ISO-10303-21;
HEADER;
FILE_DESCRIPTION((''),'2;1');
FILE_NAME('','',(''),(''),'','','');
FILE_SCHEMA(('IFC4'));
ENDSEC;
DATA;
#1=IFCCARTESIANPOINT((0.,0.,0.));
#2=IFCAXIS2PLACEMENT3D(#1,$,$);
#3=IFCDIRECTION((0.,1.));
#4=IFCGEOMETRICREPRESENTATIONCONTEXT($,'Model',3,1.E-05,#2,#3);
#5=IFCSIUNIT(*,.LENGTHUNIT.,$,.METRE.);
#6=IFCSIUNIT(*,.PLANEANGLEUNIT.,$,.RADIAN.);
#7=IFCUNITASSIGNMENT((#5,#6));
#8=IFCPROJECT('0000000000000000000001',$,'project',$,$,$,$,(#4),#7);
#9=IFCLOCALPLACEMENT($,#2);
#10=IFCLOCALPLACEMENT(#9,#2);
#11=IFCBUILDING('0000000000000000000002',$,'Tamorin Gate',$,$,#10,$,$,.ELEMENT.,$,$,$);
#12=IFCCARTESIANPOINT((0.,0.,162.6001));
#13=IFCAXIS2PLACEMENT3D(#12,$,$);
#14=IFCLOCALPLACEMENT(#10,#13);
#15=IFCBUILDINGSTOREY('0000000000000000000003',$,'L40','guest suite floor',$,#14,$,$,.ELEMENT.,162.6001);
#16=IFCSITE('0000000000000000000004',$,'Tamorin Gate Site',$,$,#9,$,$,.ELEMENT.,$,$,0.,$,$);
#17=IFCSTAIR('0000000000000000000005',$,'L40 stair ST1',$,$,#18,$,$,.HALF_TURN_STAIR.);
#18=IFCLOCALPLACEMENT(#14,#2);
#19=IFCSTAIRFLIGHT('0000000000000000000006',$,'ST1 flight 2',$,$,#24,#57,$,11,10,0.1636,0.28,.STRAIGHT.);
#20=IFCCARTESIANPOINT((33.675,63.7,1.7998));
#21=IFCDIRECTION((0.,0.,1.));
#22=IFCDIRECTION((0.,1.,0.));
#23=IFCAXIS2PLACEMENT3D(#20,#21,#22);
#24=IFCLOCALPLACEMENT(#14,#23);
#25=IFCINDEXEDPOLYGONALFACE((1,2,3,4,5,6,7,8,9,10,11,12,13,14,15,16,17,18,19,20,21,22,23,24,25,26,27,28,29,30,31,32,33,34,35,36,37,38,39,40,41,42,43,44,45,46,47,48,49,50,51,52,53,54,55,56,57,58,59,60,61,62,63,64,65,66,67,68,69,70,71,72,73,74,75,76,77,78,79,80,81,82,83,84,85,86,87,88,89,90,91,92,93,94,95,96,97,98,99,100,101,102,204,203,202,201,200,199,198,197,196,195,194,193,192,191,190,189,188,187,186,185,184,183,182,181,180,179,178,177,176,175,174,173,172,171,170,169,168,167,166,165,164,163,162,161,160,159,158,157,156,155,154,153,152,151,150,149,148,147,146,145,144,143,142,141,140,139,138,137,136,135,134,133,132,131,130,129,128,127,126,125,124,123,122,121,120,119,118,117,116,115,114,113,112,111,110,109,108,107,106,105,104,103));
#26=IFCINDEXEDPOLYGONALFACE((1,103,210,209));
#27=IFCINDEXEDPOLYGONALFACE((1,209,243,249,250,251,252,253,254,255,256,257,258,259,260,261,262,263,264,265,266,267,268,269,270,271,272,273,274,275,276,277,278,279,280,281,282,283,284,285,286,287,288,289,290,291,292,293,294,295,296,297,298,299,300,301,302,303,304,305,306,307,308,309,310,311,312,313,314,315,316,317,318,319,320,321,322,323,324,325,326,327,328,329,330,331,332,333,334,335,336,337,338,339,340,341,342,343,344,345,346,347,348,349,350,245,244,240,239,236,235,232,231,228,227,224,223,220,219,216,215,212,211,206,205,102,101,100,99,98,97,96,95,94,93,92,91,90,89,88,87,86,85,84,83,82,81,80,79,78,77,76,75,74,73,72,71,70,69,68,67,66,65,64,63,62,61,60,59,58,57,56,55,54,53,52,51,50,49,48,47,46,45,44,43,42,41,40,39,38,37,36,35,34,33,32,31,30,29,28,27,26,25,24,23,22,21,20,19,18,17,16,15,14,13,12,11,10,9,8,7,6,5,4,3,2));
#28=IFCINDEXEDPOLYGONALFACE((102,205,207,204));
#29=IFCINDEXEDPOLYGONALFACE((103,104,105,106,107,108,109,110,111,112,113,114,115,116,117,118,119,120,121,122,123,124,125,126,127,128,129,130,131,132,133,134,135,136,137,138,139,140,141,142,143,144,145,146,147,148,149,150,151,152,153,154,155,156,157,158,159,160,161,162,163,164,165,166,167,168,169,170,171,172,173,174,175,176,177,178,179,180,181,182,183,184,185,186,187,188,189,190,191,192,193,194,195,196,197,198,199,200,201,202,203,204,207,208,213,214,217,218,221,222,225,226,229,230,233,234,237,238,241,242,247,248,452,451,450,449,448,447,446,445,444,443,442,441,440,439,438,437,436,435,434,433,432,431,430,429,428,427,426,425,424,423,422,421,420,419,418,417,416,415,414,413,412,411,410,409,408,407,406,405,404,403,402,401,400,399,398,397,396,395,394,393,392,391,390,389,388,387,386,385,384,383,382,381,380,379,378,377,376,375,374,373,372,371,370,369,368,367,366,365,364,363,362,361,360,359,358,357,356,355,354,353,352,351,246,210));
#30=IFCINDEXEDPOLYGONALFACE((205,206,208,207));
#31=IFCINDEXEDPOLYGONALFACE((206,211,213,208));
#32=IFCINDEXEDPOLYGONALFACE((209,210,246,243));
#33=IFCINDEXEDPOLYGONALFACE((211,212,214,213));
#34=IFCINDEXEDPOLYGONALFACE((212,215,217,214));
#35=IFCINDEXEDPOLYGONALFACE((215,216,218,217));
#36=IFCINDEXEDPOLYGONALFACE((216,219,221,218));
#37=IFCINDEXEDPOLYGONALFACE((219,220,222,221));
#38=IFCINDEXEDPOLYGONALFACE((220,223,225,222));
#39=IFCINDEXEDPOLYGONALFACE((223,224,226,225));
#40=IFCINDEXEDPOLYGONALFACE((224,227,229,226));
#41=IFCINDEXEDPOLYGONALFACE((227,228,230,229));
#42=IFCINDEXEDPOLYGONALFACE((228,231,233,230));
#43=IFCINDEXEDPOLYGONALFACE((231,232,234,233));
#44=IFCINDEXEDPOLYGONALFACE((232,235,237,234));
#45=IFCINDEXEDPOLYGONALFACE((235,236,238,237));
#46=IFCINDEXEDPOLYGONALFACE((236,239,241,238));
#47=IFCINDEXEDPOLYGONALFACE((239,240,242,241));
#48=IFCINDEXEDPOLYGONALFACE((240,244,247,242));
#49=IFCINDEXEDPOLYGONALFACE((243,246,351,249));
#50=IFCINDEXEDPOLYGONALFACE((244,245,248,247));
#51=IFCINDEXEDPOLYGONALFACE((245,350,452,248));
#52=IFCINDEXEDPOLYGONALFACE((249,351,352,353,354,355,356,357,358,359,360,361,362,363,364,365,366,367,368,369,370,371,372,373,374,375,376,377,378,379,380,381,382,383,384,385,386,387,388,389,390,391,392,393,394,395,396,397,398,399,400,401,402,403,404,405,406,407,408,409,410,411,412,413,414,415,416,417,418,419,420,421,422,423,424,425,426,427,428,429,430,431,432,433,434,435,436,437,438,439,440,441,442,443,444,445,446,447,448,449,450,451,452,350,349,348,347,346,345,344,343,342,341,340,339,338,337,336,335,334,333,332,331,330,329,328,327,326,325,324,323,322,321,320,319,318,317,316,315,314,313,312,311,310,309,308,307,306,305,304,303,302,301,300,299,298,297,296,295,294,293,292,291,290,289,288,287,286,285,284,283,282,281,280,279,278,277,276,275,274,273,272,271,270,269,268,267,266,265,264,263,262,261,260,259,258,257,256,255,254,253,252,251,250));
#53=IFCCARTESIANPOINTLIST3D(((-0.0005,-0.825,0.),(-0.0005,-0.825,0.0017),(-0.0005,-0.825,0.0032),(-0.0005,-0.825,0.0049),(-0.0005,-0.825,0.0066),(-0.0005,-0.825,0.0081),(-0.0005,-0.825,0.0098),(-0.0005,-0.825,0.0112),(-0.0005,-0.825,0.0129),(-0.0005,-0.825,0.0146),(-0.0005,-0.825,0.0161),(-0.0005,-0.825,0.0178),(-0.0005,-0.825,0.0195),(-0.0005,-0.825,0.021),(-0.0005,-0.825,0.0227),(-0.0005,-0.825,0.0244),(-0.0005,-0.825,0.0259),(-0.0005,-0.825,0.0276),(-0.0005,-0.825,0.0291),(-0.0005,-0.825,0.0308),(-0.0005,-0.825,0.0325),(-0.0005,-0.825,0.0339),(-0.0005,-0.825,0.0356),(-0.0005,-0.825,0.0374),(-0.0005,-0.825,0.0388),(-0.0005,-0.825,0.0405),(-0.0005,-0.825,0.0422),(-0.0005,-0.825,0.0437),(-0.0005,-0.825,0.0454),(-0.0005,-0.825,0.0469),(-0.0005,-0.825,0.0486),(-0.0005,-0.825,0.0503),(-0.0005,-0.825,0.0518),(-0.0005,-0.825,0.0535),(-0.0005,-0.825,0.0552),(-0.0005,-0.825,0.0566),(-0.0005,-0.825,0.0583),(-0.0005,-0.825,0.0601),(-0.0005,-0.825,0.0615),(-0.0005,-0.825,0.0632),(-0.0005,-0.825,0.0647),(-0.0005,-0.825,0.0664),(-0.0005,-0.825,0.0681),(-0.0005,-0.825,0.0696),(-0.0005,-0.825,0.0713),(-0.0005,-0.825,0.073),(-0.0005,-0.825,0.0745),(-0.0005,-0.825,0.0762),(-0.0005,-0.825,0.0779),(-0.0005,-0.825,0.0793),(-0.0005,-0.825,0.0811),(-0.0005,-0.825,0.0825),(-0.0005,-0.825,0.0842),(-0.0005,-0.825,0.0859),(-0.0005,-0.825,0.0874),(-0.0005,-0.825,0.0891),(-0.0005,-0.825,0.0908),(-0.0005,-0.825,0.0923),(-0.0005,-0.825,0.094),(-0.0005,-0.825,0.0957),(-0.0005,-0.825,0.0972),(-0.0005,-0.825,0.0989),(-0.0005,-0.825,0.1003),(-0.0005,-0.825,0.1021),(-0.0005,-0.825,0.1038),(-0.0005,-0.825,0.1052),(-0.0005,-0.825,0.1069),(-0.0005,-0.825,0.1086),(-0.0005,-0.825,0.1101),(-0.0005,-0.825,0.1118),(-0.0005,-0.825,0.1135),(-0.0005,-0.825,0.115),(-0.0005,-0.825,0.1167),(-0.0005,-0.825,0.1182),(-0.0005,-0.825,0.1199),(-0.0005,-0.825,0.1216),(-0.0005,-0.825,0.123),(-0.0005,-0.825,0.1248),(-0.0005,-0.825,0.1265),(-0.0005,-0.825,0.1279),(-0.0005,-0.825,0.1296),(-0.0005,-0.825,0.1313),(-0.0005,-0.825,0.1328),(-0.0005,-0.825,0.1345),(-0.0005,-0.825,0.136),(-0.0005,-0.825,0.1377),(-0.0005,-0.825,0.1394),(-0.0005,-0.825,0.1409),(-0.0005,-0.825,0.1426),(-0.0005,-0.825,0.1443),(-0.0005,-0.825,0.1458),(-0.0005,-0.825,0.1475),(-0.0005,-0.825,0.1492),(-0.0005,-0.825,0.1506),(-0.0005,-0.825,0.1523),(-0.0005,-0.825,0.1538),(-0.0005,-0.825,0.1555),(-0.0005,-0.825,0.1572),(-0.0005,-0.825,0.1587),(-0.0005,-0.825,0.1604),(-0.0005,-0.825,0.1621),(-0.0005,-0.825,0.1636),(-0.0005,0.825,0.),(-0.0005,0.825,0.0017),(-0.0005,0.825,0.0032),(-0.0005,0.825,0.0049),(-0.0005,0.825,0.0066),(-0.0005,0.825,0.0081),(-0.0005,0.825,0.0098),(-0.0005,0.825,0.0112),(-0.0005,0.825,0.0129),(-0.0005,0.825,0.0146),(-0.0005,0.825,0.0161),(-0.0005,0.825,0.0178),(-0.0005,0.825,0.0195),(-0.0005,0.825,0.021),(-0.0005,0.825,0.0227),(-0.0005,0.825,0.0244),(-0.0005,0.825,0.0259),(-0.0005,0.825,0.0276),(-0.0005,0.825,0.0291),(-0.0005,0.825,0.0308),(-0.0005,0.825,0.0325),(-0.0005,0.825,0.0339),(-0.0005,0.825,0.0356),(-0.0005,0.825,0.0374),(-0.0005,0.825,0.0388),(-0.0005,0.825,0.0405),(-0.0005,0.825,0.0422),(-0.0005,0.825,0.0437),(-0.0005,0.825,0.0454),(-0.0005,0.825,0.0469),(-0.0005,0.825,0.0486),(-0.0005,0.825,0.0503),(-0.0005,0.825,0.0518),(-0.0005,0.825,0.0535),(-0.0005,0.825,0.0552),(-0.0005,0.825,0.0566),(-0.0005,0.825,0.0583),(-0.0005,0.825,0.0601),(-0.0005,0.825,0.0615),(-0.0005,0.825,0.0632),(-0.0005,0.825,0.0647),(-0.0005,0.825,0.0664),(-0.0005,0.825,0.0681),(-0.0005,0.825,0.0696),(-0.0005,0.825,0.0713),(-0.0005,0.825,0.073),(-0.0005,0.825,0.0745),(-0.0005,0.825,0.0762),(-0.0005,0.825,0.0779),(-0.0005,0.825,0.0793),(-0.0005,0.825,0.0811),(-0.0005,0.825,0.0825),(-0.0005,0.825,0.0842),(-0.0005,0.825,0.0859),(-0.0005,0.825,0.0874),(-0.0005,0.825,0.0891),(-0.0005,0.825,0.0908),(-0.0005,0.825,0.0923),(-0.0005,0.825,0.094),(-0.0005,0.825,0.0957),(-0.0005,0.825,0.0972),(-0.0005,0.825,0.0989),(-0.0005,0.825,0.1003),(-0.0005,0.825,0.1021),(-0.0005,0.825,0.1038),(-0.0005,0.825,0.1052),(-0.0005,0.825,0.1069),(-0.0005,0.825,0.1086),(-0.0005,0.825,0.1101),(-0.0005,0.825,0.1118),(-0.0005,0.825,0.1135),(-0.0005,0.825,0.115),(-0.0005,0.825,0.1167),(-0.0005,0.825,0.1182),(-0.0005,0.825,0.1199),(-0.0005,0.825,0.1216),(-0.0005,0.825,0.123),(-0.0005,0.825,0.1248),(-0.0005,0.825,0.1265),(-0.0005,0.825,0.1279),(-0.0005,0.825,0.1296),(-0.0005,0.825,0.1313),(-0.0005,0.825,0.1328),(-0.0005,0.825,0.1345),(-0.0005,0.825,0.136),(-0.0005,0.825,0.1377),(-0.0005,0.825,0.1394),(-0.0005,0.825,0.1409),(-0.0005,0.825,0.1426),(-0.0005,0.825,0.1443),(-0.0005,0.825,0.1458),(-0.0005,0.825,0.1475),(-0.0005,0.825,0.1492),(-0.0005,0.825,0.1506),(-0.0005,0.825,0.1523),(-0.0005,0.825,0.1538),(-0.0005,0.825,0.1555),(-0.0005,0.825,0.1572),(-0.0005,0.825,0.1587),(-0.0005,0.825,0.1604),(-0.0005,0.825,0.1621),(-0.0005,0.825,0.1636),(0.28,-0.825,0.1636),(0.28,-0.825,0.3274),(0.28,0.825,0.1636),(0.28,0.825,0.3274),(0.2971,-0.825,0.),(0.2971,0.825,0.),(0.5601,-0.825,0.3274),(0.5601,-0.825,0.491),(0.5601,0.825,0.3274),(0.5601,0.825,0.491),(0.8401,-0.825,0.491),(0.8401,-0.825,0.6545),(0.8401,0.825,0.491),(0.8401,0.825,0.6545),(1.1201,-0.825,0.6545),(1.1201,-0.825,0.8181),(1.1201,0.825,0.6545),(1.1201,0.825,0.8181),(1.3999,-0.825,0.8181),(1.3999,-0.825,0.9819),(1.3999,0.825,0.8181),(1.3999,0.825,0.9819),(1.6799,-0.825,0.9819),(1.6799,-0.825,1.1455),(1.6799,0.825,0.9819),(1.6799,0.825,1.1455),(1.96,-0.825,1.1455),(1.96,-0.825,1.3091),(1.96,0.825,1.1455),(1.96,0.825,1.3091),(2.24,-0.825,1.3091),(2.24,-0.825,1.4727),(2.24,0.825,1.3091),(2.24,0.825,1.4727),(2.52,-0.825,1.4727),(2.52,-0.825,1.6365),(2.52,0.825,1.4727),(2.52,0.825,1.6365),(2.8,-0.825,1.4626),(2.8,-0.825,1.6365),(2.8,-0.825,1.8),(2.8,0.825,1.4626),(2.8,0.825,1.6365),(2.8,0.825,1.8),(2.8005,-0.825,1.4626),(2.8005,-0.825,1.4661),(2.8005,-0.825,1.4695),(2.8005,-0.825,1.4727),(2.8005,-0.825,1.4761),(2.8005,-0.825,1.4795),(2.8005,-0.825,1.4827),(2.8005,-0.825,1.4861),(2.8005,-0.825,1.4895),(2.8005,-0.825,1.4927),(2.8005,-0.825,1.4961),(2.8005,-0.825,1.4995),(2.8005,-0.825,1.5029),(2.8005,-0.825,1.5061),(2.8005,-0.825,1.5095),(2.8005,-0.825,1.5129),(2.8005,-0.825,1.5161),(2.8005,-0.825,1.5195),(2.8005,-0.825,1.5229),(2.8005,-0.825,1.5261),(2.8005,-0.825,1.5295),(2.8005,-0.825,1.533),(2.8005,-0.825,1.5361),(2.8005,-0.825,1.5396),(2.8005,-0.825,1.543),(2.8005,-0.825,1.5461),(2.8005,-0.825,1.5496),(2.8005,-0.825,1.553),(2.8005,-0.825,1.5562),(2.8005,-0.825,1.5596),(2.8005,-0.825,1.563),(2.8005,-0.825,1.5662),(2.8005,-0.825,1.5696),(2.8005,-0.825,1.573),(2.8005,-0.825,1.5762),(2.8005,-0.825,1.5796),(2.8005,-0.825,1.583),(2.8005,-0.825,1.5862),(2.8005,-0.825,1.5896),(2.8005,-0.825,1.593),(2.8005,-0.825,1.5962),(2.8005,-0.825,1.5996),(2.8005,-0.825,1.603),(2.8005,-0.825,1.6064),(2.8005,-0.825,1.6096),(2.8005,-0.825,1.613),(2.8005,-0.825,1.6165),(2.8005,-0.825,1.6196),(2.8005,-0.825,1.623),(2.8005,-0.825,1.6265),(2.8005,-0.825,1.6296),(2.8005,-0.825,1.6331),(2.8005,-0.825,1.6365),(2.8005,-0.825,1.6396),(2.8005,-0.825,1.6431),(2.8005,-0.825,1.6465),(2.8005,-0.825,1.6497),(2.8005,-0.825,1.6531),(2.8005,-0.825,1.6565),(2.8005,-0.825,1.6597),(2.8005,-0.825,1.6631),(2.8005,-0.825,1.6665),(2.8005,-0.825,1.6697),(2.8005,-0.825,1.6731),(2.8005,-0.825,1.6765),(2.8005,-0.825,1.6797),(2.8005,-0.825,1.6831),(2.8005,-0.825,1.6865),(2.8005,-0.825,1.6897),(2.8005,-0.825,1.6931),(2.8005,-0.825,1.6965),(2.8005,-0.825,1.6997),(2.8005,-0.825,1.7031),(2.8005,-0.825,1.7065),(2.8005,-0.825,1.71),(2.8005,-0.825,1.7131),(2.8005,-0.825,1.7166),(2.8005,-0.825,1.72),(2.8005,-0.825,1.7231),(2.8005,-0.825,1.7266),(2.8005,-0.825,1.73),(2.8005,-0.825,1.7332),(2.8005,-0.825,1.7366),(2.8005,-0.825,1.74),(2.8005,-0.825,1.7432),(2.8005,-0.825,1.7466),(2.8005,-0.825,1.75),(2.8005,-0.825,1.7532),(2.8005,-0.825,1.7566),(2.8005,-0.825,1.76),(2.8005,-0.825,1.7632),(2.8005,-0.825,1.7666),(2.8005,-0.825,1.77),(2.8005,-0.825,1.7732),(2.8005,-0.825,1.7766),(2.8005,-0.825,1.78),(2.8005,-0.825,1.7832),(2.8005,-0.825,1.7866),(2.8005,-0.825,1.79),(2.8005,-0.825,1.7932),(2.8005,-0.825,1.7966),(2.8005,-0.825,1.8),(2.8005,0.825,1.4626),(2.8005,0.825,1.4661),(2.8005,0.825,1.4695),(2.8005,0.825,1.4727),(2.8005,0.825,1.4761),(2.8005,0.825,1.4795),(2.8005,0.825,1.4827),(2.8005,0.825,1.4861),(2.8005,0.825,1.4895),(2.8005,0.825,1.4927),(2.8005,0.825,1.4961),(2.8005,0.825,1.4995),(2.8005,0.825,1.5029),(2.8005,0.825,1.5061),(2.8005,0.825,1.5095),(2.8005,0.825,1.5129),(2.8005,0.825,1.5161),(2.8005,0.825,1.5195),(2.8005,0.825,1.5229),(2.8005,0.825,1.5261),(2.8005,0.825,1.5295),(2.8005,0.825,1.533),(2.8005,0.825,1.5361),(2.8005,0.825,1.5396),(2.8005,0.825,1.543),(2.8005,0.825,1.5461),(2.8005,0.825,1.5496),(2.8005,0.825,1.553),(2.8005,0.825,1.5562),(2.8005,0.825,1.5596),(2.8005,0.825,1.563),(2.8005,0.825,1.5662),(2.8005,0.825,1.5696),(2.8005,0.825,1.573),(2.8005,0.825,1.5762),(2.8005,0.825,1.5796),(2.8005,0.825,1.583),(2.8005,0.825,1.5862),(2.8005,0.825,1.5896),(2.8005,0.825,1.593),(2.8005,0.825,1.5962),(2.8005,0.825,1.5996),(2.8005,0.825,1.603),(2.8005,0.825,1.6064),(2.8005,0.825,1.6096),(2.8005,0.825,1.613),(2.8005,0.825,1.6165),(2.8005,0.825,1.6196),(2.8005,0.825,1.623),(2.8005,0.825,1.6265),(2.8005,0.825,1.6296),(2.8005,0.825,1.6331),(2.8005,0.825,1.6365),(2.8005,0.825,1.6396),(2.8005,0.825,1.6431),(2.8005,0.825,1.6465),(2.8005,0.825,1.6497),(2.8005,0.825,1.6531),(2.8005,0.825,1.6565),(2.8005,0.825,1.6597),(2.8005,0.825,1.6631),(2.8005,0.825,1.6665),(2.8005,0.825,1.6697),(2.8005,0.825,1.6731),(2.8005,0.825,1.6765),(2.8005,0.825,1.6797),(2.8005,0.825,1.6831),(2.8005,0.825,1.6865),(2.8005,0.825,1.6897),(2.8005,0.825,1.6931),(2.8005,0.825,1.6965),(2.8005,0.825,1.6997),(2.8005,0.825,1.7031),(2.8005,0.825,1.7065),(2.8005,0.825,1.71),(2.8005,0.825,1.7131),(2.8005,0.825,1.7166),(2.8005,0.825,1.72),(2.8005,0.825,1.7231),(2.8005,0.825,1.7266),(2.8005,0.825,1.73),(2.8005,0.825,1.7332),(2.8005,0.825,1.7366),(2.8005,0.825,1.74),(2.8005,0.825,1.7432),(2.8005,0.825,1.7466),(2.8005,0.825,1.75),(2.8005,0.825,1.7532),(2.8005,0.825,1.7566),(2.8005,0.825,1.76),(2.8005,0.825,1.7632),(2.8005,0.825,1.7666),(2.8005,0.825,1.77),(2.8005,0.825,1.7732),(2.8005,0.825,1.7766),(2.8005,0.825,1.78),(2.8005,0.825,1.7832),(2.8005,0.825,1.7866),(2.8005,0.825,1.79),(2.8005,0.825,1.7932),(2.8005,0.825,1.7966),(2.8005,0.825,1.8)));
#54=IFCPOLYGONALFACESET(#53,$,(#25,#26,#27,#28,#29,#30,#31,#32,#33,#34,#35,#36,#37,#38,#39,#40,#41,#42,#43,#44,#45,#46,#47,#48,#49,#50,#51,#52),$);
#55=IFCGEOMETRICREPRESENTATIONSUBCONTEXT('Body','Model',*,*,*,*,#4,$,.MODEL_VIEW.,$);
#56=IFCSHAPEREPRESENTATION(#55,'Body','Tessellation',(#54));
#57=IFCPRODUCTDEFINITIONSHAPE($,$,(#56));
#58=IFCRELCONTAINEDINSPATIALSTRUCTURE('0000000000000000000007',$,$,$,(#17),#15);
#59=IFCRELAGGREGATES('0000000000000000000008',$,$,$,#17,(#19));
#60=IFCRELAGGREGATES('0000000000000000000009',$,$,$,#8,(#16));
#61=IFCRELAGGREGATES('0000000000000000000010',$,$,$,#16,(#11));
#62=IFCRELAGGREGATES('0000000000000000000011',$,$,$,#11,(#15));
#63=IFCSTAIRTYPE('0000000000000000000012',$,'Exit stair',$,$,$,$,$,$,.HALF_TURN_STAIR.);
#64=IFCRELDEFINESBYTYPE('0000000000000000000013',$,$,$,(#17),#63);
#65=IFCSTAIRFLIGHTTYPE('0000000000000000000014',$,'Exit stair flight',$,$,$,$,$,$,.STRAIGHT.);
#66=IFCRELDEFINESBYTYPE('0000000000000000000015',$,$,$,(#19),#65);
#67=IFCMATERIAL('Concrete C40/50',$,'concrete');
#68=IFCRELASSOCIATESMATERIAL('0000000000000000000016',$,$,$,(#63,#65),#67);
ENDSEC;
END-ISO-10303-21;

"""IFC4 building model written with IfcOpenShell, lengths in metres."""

from ifc_helpers import new_model, si_unit, direction, frame, origin, place, context, subcontext, project, spatial, polyline, outline, extrude, material, type_object, element, aggregate, save


model = new_model("IFC4")

# Units and contexts
model_context = context("Model", 3, precision=1e-05, world=origin(), true_north=direction((0.0, 1.0)))
body_context = subcontext(model_context, "Body", "Model", "MODEL_VIEW")
ifc_project = project(units=[si_unit("LENGTHUNIT", "METRE"), si_unit("PLANEANGLEUNIT", "RADIAN")], contexts=[model_context])

# Site, building, storey
site_placement = place(None, origin())
site = spatial("IfcSite", under=ifc_project, at=site_placement, Name="Tamorin Gate Site", CompositionType="ELEMENT", RefElevation=0.0)
building_placement = place(site_placement, origin())
building = spatial("IfcBuilding", under=site, at=building_placement, Name="Tamorin Gate", CompositionType="ELEMENT")
storey_placement = place(building_placement, frame((0.0, 0.0, 162.6001)))
storey = spatial("IfcBuildingStorey", under=building, at=storey_placement, Name="L40", Description="guest suite floor", CompositionType="ELEMENT", Elevation=162.6001)

# Shared definitions
ifc_material_1 = material(Name="Concrete C40/50", Category="concrete")

# Stair, stair flight
stair_type = type_object("IfcStairType", Name="Exit stair", PredefinedType="HALF_TURN_STAIR", material=ifc_material_1)
stair_1_placement = place(storey_placement, origin())
stair_1 = element("IfcStair", 1, at=stair_1_placement, inside=storey, type_object=stair_type, Name="L40 stair ST1", PredefinedType="HALF_TURN_STAIR")
stair_flight_type = type_object("IfcStairFlightType", Name="Exit stair flight", PredefinedType="STRAIGHT", material=ifc_material_1)
stair_flight_1_placement = place(storey_placement, frame((33.675, 63.7, 1.7998), z_axis=(0.0, 0.0, 1.0), x_axis=(0.0, 1.0, 0.0)))
stair_flight_1 = element("IfcStairFlight", 2, at=stair_flight_1_placement, type_object=stair_flight_type, Name="ST1 flight 2", NumberOfRisers=11, NumberOfTreads=10, PredefinedType="STRAIGHT", RiserHeight=0.1636, TreadLength=0.28, context=body_context, shape_type="SweptSolid", body=[
    extrude(outline(polyline([(-0.0005, 0.0), (-0.0005, 0.0017), (-0.0005, 0.0032), (-0.0005, 0.0049), (-0.0005, 0.0066), (-0.0005, 0.0081), (-0.0005, 0.0098), (-0.0005, 0.0112), (-0.0005, 0.0129), (-0.0005, 0.0146), (-0.0005, 0.0161), (-0.0005, 0.0178), (-0.0005, 0.0195), (-0.0005, 0.021), (-0.0005, 0.0227), (-0.0005, 0.0244), (-0.0005, 0.0259), (-0.0005, 0.0276), (-0.0005, 0.0291), (-0.0005, 0.0308), (-0.0005, 0.0325), (-0.0005, 0.0339), (-0.0005, 0.0356), (-0.0005, 0.0374), (-0.0005, 0.0388), (-0.0005, 0.0405), (-0.0005, 0.0422), (-0.0005, 0.0437), (-0.0005, 0.0454), (-0.0005, 0.0469), (-0.0005, 0.0486), (-0.0005, 0.0503), (-0.0005, 0.0518), (-0.0005, 0.0535), (-0.0005, 0.0552), (-0.0005, 0.0566), (-0.0005, 0.0583), (-0.0005, 0.0601), (-0.0005, 0.0615), (-0.0005, 0.0632), (-0.0005, 0.0647), (-0.0005, 0.0664), (-0.0005, 0.0681), (-0.0005, 0.0696), (-0.0005, 0.0713), (-0.0005, 0.073), (-0.0005, 0.0745), (-0.0005, 0.0762), (-0.0005, 0.0779), (-0.0005, 0.0793), (-0.0005, 0.0811), (-0.0005, 0.0825), (-0.0005, 0.0842), (-0.0005, 0.0859), (-0.0005, 0.0874), (-0.0005, 0.0891), (-0.0005, 0.0908), (-0.0005, 0.0923), (-0.0005, 0.094), (-0.0005, 0.0957), (-0.0005, 0.0972), (-0.0005, 0.0989), (-0.0005, 0.1003), (-0.0005, 0.1021), (-0.0005, 0.1038), (-0.0005, 0.1052), (-0.0005, 0.1069), (-0.0005, 0.1086), (-0.0005, 0.1101), (-0.0005, 0.1118), (-0.0005, 0.1135), (-0.0005, 0.115), (-0.0005, 0.1167), (-0.0005, 0.1182), (-0.0005, 0.1199), (-0.0005, 0.1216), (-0.0005, 0.123), (-0.0005, 0.1248), (-0.0005, 0.1265), (-0.0005, 0.1279), (-0.0005, 0.1296), (-0.0005, 0.1313), (-0.0005, 0.1328), (-0.0005, 0.1345), (-0.0005, 0.136), (-0.0005, 0.1377), (-0.0005, 0.1394), (-0.0005, 0.1409), (-0.0005, 0.1426), (-0.0005, 0.1443), (-0.0005, 0.1458), (-0.0005, 0.1475), (-0.0005, 0.1492), (-0.0005, 0.1506), (-0.0005, 0.1523), (-0.0005, 0.1538), (-0.0005, 0.1555), (-0.0005, 0.1572), (-0.0005, 0.1587), (-0.0005, 0.1604), (-0.0005, 0.1621), (-0.0005, 0.1636), (0.28, 0.1636), (0.28, 0.3274), (0.5601, 0.3274), (0.5601, 0.491), (0.8401, 0.491), (0.8401, 0.6545), (1.1201, 0.6545), (1.1201, 0.8181), (1.3999, 0.8181), (1.3999, 0.9819), (1.6799, 0.9819), (1.6799, 1.1455), (1.96, 1.1455), (1.96, 1.3091), (2.24, 1.3091), (2.24, 1.4727), (2.52, 1.4727), (2.52, 1.6365), (2.8, 1.6365), (2.8, 1.8), (2.8005, 1.8), (2.8005, 1.7966), (2.8005, 1.7932), (2.8005, 1.79), (2.8005, 1.7866), (2.8005, 1.7832), (2.8005, 1.78), (2.8005, 1.7766), (2.8005, 1.7732), (2.8005, 1.77), (2.8005, 1.7666), (2.8005, 1.7632), (2.8005, 1.76), (2.8005, 1.7566), (2.8005, 1.7532), (2.8005, 1.75), (2.8005, 1.7466), (2.8005, 1.7432), (2.8005, 1.74), (2.8005, 1.7366), (2.8005, 1.7332), (2.8005, 1.73), (2.8005, 1.7266), (2.8005, 1.7231), (2.8005, 1.72), (2.8005, 1.7166), (2.8005, 1.7131), (2.8005, 1.71), (2.8005, 1.7065), (2.8005, 1.7031), (2.8005, 1.6997), (2.8005, 1.6965), (2.8005, 1.6931), (2.8005, 1.6897), (2.8005, 1.6865), (2.8005, 1.6831), (2.8005, 1.6797), (2.8005, 1.6765), (2.8005, 1.6731), (2.8005, 1.6697), (2.8005, 1.6665), (2.8005, 1.6631), (2.8005, 1.6597), (2.8005, 1.6565), (2.8005, 1.6531), (2.8005, 1.6497), (2.8005, 1.6465), (2.8005, 1.6431), (2.8005, 1.6396), (2.8005, 1.6365), (2.8005, 1.6331), (2.8005, 1.6296), (2.8005, 1.6265), (2.8005, 1.623), (2.8005, 1.6196), (2.8005, 1.6165), (2.8005, 1.613), (2.8005, 1.6096), (2.8005, 1.6064), (2.8005, 1.603), (2.8005, 1.5996), (2.8005, 1.5962), (2.8005, 1.593), (2.8005, 1.5896), (2.8005, 1.5862), (2.8005, 1.583), (2.8005, 1.5796), (2.8005, 1.5762), (2.8005, 1.573), (2.8005, 1.5696), (2.8005, 1.5662), (2.8005, 1.563), (2.8005, 1.5596), (2.8005, 1.5562), (2.8005, 1.553), (2.8005, 1.5496), (2.8005, 1.5461), (2.8005, 1.543), (2.8005, 1.5396), (2.8005, 1.5361), (2.8005, 1.533), (2.8005, 1.5295), (2.8005, 1.5261), (2.8005, 1.5229), (2.8005, 1.5195), (2.8005, 1.5161), (2.8005, 1.5129), (2.8005, 1.5095), (2.8005, 1.5061), (2.8005, 1.5029), (2.8005, 1.4995), (2.8005, 1.4961), (2.8005, 1.4927), (2.8005, 1.4895), (2.8005, 1.4861), (2.8005, 1.4827), (2.8005, 1.4795), (2.8005, 1.4761), (2.8005, 1.4727), (2.8005, 1.4695), (2.8005, 1.4661), (2.8005, 1.4626), (2.8, 1.4626), (0.2971, 0.0), (-0.0005, 0.0)])), frame((0.0, 0.825, 0.0), z_axis=(0.0, -1.0, 0.0), x_axis=(1.0, 0.0, 0.0)), (0.0, 0.0, 1.0), 1.6499),
])
aggregate(stair_1, [stair_flight_1])

save(model, "model.ifc")
